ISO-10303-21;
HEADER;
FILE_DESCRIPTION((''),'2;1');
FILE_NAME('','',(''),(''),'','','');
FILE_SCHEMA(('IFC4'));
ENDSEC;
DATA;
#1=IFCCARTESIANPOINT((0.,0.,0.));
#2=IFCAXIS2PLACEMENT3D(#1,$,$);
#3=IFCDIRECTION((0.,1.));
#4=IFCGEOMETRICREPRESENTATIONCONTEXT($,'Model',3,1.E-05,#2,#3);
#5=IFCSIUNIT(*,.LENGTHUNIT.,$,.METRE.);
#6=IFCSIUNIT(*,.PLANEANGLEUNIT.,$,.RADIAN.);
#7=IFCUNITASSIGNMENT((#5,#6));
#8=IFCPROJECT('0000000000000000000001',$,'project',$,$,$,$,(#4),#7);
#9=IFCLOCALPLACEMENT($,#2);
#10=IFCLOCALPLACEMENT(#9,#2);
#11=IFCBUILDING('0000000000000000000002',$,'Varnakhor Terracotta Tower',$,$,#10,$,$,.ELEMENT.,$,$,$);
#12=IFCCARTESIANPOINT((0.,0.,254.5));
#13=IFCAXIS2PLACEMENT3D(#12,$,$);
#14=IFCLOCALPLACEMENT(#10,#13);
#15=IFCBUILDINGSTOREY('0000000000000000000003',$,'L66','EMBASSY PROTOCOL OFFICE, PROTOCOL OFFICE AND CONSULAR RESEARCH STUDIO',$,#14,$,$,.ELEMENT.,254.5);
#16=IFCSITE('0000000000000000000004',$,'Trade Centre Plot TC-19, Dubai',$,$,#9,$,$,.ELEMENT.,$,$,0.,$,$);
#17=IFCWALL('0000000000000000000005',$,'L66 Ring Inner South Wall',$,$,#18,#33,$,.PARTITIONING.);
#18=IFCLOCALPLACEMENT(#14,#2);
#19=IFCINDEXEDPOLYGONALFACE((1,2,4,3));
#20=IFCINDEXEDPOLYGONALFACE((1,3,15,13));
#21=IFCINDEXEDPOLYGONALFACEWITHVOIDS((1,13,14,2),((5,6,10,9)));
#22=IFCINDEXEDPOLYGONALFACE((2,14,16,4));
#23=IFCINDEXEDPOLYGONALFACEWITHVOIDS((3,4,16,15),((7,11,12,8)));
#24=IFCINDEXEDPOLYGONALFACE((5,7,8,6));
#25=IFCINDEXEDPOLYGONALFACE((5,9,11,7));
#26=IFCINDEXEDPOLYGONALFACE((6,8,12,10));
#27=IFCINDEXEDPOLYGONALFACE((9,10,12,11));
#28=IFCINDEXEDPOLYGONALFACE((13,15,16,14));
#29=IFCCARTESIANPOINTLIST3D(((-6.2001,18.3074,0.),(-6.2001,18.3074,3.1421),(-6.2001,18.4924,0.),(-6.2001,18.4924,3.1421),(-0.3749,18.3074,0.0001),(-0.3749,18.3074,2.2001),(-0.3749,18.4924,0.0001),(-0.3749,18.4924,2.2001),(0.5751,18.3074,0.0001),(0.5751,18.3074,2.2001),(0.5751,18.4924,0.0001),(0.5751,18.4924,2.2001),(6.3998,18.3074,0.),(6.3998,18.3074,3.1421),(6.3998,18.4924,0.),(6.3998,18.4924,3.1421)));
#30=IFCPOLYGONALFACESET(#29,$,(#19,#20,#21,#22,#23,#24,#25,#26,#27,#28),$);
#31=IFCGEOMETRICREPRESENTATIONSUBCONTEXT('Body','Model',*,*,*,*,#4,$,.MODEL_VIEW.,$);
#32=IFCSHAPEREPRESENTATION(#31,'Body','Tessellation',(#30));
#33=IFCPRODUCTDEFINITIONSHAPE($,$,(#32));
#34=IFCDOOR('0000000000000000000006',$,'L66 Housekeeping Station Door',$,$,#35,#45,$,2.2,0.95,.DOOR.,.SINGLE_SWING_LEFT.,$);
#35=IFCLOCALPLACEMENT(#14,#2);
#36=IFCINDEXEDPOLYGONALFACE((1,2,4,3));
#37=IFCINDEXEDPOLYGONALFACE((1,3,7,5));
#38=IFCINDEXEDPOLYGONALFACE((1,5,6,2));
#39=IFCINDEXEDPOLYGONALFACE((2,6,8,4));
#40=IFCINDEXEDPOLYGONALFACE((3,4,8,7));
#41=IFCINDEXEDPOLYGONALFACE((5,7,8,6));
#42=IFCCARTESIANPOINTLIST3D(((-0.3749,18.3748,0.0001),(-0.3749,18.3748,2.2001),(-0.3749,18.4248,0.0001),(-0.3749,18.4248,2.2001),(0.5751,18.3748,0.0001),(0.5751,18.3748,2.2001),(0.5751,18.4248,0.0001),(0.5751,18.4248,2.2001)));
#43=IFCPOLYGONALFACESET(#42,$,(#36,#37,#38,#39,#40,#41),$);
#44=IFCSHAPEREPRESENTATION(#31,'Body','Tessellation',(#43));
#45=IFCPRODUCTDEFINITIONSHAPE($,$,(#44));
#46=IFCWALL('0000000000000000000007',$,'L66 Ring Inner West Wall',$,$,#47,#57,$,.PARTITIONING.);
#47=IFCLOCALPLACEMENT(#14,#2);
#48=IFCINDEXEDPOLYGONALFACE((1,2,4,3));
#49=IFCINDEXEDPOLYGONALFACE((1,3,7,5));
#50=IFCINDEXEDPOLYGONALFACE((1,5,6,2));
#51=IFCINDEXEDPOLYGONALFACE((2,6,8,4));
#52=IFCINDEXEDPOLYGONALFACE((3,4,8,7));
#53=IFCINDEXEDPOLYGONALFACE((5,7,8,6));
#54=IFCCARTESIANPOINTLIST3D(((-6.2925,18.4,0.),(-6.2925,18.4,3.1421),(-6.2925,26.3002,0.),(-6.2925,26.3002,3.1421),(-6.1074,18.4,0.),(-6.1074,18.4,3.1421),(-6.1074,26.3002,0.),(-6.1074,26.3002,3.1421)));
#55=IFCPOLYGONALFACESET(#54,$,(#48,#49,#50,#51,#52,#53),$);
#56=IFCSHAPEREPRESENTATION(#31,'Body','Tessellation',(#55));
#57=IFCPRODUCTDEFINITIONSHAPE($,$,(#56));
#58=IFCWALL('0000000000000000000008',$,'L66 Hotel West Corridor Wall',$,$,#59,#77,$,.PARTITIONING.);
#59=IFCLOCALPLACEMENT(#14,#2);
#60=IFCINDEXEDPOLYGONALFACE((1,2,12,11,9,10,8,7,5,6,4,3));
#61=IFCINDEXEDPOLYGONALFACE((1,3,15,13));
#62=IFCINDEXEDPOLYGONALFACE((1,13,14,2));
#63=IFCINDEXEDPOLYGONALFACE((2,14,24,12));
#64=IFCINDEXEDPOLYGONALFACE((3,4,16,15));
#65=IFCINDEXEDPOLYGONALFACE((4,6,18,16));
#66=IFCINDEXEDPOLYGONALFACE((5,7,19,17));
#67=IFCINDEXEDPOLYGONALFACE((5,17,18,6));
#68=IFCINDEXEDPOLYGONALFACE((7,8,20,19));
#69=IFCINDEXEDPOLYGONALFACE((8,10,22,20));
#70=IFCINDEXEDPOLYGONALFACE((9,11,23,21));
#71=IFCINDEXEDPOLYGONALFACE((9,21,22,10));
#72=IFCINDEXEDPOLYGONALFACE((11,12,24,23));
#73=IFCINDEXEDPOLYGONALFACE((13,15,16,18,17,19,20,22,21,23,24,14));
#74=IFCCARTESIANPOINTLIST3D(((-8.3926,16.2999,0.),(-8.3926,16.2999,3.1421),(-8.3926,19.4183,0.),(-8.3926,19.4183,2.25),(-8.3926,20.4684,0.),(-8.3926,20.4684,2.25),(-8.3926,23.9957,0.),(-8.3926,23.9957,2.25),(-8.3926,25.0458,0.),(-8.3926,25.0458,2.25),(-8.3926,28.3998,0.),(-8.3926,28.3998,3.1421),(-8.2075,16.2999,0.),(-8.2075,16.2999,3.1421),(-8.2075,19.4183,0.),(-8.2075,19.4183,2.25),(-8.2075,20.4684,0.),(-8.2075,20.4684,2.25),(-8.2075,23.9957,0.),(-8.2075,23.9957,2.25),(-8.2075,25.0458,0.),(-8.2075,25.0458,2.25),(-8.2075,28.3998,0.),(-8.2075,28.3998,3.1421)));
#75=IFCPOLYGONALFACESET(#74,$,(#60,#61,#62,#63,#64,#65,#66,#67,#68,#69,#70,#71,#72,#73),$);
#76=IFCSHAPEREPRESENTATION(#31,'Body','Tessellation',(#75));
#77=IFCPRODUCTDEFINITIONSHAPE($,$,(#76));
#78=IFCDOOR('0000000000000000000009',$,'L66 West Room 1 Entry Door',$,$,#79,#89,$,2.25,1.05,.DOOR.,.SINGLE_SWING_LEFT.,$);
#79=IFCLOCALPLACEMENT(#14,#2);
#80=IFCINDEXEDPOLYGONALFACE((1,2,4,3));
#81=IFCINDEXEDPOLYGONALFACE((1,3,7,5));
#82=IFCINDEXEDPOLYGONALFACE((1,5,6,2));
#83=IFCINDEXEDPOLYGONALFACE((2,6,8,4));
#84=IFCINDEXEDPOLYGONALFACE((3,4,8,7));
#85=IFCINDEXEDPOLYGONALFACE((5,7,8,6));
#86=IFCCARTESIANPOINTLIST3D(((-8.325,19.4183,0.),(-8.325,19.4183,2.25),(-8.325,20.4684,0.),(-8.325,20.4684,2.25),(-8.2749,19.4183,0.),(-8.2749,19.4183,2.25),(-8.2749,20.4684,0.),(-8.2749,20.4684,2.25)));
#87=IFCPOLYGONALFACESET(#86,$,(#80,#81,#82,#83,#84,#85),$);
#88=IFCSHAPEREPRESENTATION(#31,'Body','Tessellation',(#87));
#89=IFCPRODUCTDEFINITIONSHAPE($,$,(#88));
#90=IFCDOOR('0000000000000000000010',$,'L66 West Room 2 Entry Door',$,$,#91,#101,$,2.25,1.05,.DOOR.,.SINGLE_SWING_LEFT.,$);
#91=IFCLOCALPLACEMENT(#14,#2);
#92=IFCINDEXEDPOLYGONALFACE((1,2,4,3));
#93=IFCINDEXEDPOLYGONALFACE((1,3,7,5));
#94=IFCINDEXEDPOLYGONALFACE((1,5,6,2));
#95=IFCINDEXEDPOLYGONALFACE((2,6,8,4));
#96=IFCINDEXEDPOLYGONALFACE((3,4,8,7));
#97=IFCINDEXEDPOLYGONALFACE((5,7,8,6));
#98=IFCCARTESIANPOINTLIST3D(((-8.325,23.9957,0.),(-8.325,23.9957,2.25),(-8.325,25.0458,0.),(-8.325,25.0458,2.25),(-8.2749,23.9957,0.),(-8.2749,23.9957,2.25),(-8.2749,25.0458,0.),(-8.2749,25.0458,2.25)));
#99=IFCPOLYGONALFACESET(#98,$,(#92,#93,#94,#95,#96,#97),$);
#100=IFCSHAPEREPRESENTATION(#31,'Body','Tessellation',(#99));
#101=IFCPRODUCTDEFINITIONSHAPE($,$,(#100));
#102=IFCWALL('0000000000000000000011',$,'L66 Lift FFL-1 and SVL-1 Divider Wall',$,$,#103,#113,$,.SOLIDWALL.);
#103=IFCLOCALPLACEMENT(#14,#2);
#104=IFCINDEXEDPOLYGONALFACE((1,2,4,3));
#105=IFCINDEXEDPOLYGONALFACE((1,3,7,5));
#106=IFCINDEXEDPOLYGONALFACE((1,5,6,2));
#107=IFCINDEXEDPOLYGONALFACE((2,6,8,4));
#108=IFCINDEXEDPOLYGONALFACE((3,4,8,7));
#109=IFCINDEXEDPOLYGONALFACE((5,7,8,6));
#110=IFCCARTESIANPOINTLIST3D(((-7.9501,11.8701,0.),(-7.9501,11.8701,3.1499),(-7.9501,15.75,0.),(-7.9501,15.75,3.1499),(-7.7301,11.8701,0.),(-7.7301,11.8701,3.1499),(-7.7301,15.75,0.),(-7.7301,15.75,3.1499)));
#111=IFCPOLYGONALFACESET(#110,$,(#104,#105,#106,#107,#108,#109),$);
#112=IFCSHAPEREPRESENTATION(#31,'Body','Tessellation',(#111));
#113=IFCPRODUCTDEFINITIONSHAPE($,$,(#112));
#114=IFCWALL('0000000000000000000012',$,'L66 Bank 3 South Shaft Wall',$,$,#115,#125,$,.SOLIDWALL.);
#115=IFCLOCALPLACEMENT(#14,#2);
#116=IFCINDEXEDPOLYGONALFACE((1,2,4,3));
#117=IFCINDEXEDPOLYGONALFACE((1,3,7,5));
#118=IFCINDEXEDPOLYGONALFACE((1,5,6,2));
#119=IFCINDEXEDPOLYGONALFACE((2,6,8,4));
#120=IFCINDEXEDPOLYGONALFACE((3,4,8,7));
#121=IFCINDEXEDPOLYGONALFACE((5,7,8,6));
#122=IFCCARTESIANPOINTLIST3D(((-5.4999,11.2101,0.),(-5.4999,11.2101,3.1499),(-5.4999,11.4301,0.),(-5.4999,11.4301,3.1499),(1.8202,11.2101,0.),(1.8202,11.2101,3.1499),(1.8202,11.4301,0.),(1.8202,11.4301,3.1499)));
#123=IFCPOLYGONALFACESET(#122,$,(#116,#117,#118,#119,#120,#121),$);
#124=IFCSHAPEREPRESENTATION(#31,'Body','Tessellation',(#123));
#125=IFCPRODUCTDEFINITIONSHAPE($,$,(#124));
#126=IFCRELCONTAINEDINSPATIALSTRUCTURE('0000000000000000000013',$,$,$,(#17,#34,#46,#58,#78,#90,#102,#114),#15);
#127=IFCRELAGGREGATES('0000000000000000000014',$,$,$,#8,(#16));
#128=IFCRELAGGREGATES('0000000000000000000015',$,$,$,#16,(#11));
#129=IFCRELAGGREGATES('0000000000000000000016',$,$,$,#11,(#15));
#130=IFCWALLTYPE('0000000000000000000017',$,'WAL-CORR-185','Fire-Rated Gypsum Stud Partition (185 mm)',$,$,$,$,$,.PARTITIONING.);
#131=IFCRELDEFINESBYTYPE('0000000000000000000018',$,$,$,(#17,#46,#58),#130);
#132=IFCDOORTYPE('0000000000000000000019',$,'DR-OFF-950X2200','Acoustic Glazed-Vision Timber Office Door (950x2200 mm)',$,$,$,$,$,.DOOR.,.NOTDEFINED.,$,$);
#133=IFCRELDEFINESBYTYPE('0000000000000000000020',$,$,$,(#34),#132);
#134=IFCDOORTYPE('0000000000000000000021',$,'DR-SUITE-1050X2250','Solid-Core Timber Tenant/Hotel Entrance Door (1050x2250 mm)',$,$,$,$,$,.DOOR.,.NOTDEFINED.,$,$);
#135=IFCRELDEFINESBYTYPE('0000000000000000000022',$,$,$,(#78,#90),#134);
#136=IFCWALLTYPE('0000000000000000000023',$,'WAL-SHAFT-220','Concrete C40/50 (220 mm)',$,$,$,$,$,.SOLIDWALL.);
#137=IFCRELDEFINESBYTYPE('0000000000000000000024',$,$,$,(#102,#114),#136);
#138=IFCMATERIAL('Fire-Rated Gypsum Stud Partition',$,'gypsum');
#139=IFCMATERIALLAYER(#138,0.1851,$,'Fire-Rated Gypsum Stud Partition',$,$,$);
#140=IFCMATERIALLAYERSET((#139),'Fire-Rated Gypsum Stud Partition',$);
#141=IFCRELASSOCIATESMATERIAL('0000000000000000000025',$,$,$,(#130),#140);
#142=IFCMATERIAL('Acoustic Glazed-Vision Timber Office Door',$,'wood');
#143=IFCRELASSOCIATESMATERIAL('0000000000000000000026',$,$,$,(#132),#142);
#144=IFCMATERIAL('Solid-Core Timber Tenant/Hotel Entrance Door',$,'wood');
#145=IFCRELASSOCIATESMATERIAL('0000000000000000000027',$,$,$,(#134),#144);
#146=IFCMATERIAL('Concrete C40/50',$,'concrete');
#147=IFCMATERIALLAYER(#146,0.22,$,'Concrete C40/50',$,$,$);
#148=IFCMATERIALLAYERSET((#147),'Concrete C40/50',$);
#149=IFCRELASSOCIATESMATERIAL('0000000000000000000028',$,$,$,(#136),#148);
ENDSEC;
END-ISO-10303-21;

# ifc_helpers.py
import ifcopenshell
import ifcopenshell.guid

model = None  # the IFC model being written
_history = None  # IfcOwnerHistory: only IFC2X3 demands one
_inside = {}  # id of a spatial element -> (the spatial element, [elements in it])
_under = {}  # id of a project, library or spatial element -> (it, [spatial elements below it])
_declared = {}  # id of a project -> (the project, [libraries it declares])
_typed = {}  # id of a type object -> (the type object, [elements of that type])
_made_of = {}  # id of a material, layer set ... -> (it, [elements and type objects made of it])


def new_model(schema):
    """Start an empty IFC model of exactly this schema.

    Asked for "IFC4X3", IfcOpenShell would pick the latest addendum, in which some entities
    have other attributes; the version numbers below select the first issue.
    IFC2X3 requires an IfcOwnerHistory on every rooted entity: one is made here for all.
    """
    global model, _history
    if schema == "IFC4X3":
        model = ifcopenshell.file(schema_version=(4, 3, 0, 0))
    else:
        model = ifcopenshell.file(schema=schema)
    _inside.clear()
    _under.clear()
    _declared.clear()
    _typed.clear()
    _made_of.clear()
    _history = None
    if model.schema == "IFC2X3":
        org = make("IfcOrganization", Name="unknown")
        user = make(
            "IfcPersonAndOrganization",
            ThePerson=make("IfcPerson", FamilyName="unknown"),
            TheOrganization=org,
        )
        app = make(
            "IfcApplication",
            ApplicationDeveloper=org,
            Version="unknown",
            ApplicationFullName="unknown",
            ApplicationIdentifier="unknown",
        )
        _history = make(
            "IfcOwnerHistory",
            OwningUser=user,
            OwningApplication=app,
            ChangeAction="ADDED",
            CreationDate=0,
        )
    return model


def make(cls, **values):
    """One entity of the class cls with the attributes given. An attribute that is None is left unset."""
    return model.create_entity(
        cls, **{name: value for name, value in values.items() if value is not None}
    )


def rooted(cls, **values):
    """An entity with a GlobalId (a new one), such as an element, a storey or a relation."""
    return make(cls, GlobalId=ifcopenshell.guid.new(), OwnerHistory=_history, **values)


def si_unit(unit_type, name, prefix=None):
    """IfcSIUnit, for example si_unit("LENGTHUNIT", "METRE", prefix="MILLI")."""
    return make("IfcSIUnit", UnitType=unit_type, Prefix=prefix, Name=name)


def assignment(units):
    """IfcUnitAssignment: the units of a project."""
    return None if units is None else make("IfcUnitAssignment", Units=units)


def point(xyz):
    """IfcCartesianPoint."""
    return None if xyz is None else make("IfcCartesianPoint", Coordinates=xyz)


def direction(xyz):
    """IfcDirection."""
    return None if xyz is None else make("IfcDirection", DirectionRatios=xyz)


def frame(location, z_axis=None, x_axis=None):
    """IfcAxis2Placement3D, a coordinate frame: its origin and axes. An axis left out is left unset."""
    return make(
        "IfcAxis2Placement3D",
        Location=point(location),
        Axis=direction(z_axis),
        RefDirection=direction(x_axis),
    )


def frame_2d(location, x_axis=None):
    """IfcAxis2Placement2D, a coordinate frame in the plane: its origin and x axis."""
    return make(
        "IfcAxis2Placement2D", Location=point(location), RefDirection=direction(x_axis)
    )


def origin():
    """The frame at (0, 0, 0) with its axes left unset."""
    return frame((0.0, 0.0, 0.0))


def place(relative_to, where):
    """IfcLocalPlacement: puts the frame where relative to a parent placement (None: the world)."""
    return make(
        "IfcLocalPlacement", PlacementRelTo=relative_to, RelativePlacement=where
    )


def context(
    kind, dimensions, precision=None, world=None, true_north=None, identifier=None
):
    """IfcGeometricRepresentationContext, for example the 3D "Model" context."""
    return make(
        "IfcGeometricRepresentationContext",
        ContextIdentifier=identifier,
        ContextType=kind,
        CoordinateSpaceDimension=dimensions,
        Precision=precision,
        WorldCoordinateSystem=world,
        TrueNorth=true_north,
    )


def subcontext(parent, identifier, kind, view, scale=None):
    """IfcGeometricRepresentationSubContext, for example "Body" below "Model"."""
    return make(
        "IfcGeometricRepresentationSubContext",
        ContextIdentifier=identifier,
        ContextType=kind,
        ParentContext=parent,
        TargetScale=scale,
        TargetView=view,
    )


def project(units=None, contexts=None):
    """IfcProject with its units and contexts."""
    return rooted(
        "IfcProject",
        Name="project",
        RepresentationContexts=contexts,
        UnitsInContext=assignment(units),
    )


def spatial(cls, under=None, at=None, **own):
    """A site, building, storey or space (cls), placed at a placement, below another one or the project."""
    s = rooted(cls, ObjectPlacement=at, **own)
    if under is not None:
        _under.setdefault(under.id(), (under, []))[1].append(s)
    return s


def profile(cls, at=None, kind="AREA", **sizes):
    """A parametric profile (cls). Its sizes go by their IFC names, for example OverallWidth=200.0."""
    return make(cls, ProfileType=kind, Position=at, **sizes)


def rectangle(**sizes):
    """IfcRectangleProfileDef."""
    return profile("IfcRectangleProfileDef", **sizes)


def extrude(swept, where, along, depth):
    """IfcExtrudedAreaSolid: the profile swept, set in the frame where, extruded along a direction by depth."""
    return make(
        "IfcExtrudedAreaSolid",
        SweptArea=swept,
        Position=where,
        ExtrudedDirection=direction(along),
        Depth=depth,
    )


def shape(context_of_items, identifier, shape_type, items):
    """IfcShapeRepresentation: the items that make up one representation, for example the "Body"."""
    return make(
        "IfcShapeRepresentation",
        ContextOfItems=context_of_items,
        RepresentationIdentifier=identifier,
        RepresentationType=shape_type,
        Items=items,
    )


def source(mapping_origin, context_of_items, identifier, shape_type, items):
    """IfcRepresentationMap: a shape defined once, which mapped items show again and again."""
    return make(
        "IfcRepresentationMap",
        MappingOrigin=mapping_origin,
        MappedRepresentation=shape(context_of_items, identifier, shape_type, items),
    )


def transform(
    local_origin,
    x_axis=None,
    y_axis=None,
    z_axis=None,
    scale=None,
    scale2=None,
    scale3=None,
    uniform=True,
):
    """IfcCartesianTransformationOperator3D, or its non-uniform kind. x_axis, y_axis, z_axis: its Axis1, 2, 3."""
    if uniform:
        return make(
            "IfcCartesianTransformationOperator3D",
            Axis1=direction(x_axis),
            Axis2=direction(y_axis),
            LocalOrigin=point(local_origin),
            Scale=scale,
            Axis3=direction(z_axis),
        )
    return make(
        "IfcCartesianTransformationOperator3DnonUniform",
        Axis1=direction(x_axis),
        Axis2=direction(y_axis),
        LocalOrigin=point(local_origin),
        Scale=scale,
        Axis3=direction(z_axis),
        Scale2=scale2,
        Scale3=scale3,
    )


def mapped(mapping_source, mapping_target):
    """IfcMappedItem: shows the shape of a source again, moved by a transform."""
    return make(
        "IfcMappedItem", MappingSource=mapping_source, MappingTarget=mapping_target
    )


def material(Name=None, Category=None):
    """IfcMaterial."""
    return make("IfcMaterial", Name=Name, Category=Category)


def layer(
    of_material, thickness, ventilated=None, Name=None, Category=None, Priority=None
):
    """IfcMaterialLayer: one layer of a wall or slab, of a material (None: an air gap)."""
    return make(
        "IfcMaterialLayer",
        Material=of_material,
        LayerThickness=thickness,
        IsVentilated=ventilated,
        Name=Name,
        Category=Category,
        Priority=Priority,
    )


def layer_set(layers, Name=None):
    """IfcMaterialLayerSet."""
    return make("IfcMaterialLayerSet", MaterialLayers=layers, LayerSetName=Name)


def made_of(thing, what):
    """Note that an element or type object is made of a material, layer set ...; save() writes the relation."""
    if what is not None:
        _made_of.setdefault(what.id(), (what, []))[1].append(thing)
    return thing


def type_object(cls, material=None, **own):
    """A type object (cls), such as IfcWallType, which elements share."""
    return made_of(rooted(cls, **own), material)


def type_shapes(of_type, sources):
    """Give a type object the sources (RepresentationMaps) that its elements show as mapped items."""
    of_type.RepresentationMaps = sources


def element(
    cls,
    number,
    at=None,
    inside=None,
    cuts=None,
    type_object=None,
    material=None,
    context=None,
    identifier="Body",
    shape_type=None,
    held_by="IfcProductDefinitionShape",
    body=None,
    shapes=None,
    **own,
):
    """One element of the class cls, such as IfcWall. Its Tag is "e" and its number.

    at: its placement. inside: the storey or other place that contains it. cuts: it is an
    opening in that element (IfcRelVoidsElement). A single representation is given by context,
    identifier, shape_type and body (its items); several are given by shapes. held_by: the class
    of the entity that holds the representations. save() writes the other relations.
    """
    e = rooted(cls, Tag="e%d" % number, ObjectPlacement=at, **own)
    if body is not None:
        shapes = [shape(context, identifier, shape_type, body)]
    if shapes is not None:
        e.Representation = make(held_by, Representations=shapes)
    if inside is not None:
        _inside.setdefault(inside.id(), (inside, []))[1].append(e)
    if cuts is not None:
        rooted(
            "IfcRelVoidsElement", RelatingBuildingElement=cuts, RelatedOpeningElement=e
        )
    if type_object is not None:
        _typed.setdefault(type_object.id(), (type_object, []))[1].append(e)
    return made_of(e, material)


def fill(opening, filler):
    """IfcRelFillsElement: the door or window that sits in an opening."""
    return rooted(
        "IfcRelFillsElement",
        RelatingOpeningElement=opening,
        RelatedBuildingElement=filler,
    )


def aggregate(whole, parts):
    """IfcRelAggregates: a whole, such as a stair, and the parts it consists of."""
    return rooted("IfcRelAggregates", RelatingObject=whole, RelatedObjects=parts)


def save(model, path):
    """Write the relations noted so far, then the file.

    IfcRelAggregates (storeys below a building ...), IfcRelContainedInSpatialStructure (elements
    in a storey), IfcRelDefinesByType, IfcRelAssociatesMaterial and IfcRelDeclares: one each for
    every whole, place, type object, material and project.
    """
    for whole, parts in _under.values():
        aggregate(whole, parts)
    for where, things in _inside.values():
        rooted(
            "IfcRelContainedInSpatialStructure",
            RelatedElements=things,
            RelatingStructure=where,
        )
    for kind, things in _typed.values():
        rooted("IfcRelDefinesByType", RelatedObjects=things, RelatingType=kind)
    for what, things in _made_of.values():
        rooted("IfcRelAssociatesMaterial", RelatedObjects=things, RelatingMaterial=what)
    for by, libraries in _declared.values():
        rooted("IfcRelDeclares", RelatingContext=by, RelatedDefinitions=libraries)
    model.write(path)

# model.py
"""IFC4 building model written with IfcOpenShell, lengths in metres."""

from ifc_helpers import new_model, si_unit, direction, frame, frame_2d, origin, place, context, subcontext, project, spatial, rectangle, extrude, source, transform, mapped, material, layer, layer_set, type_object, type_shapes, element, fill, save


model = new_model("IFC4")

# Units and contexts
model_context = context("Model", 3, precision=1e-05, world=origin(), true_north=direction((0.0, 1.0)))
body_context = subcontext(model_context, "Body", "Model", "MODEL_VIEW")
ifc_project = project(units=[si_unit("LENGTHUNIT", "METRE"), si_unit("PLANEANGLEUNIT", "RADIAN")], contexts=[model_context])

# Site, building, storey
site_placement = place(None, origin())
site = spatial("IfcSite", under=ifc_project, at=site_placement, Name="Trade Centre Plot TC-19, Dubai", CompositionType="ELEMENT", RefElevation=0.0)
building_placement = place(site_placement, origin())
building = spatial("IfcBuilding", under=site, at=building_placement, Name="Varnakhor Terracotta Tower", CompositionType="ELEMENT")
storey_placement = place(building_placement, frame((0.0, 0.0, 254.5)))
storey = spatial("IfcBuildingStorey", under=building, at=storey_placement, Name="L66", Description="EMBASSY PROTOCOL OFFICE, PROTOCOL OFFICE AND CONSULAR RESEARCH STUDIO", CompositionType="ELEMENT", Elevation=254.5)

# Wall, opening, door
ifc_material_1 = material(Name="Fire-Rated Gypsum Stud Partition", Category="gypsum")
ifc_layer_1 = layer(ifc_material_1, 0.1851, Name="Fire-Rated Gypsum Stud Partition")
ifc_layer_set_1 = layer_set([ifc_layer_1], Name="Fire-Rated Gypsum Stud Partition")
wall_type_1 = type_object("IfcWallType", Name="WAL-CORR-185", Description="Fire-Rated Gypsum Stud Partition (185 mm)", PredefinedType="PARTITIONING", material=ifc_layer_set_1)
wall_1_placement = place(storey_placement, frame((-6.2, 18.3999, 0.0), z_axis=(0.0, 0.0, 1.0), x_axis=(1.0, 0.0, 0.0)))
wall_1 = element("IfcWall", 1, at=wall_1_placement, inside=storey, type_object=wall_type_1, Name="L66 Ring Inner South Wall", PredefinedType="PARTITIONING", context=body_context, shape_type="SweptSolid", body=[
    extrude(rectangle(XDim=12.5999, YDim=0.1851, at=frame_2d((6.2998, 0.0))), origin(), (0.0, 0.0, 1.0), 3.1421),
])
opening_1_placement = place(wall_1_placement, frame((5.825, 0.0, 0.0)))
opening_1 = element("IfcOpeningElement", 2, at=opening_1_placement, cuts=wall_1, PredefinedType="OPENING", context=body_context, shape_type="SweptSolid", body=[
    extrude(rectangle(XDim=0.95, YDim=2.2, at=frame_2d((0.4751, 1.1001))), frame((0.0, 0.1025, 0.0), z_axis=(0.0, -1.0, 0.0), x_axis=(1.0, 0.0, 0.0)), (0.0, 0.0, 1.0), 0.2051),
])
ifc_material_2 = material(Name="Acoustic Glazed-Vision Timber Office Door", Category="wood")
door_type_1 = type_object("IfcDoorType", Name="DR-OFF-950X2200", Description="Acoustic Glazed-Vision Timber Office Door (950x2200 mm)", OperationType="NOTDEFINED", PredefinedType="DOOR", material=ifc_material_2)
shared_shape_1 = source(origin(), body_context, "Body", "SweptSolid", [
    extrude(rectangle(XDim=0.95, YDim=2.2, at=frame_2d((0.4751, 1.1001))), frame((0.0, 0.0249, 0.0), z_axis=(0.0, -1.0, 0.0), x_axis=(1.0, 0.0, 0.0)), (0.0, 0.0, 1.0), 0.05),
])
type_shapes(door_type_1, [shared_shape_1])
door_1_placement = place(opening_1_placement, origin())
door_1 = element("IfcDoor", 3, at=door_1_placement, inside=storey, type_object=door_type_1, Name="L66 Housekeeping Station Door", OperationType="SINGLE_SWING_LEFT", OverallHeight=2.2, OverallWidth=0.95, PredefinedType="DOOR", context=body_context, shape_type="MappedRepresentation", body=[
    mapped(shared_shape_1, transform((0.0, 0.0, 0.0), scale=1.0)),
])
fill(opening_1, door_1)

# Wall
wall_2_placement = place(storey_placement, frame((-6.2, 18.3999, 0.0), z_axis=(0.0, 0.0, 1.0), x_axis=(0.0, 1.0, 0.0)))
element("IfcWall", 4, at=wall_2_placement, inside=storey, type_object=wall_type_1, Name="L66 Ring Inner West Wall", PredefinedType="PARTITIONING", context=body_context, shape_type="SweptSolid", body=[
    extrude(rectangle(XDim=7.9001, YDim=0.1851, at=frame_2d((3.9502, 0.0))), origin(), (0.0, 0.0, 1.0), 3.1421),
])

# Wall, openings, doors
wall_3_placement = place(storey_placement, frame((-8.3, 16.3, 0.0), z_axis=(0.0, 0.0, 1.0), x_axis=(0.0, 1.0, 0.0)))
wall_3 = element("IfcWall", 5, at=wall_3_placement, inside=storey, type_object=wall_type_1, Name="L66 Hotel West Corridor Wall", PredefinedType="PARTITIONING", context=body_context, shape_type="SweptSolid", body=[
    extrude(rectangle(XDim=12.0999, YDim=0.1851, at=frame_2d((6.0498, 0.0))), origin(), (0.0, 0.0, 1.0), 3.1421),
])
opening_2_placement = place(wall_3_placement, frame((3.1184, 0.0, 0.0)))
opening_2 = element("IfcOpeningElement", 6, at=opening_2_placement, cuts=wall_3, PredefinedType="OPENING", context=body_context, shape_type="SweptSolid", body=[
    extrude(rectangle(XDim=1.05, YDim=2.25, at=frame_2d((0.5249, 1.125))), frame((0.0, 0.1025, 0.0), z_axis=(0.0, -1.0, 0.0), x_axis=(1.0, 0.0, 0.0)), (0.0, 0.0, 1.0), 0.2051),
])
opening_3_placement = place(wall_3_placement, frame((7.6958, 0.0, 0.0)))
opening_3 = element("IfcOpeningElement", 7, at=opening_3_placement, cuts=wall_3, PredefinedType="OPENING", context=body_context, shape_type="SweptSolid", body=[
    extrude(rectangle(XDim=1.05, YDim=2.25, at=frame_2d((0.5249, 1.125))), frame((0.0, 0.1025, 0.0), z_axis=(0.0, -1.0, 0.0), x_axis=(1.0, 0.0, 0.0)), (0.0, 0.0, 1.0), 0.2051),
])
ifc_material_3 = material(Name="Solid-Core Timber Tenant/Hotel Entrance Door", Category="wood")
door_type_2 = type_object("IfcDoorType", Name="DR-SUITE-1050X2250", Description="Solid-Core Timber Tenant/Hotel Entrance Door (1050x2250 mm)", OperationType="NOTDEFINED", PredefinedType="DOOR", material=ifc_material_3)
shared_shape_2 = source(origin(), body_context, "Body", "SweptSolid", [
    extrude(rectangle(XDim=1.05, YDim=2.25, at=frame_2d((0.5249, 1.125))), frame((0.0, 0.0249, 0.0), z_axis=(0.0, -1.0, 0.0), x_axis=(1.0, 0.0, 0.0)), (0.0, 0.0, 1.0), 0.05),
])
type_shapes(door_type_2, [shared_shape_2])
door_2_placement = place(opening_2_placement, origin())
door_2 = element("IfcDoor", 8, at=door_2_placement, inside=storey, type_object=door_type_2, Name="L66 West Room 1 Entry Door", OperationType="SINGLE_SWING_LEFT", OverallHeight=2.25, OverallWidth=1.05, PredefinedType="DOOR", context=body_context, shape_type="MappedRepresentation", body=[
    mapped(shared_shape_2, transform((0.0, 0.0, 0.0), scale=1.0)),
])
fill(opening_2, door_2)
door_3_placement = place(opening_3_placement, origin())
door_3 = element("IfcDoor", 9, at=door_3_placement, inside=storey, type_object=door_type_2, Name="L66 West Room 2 Entry Door", OperationType="SINGLE_SWING_LEFT", OverallHeight=2.25, OverallWidth=1.05, PredefinedType="DOOR", context=body_context, shape_type="MappedRepresentation", body=[
    mapped(shared_shape_2, transform((0.0, 0.0, 0.0), scale=1.0)),
])
fill(opening_3, door_3)

# Walls
ifc_material_4 = material(Name="Concrete C40/50", Category="concrete")
ifc_layer_2 = layer(ifc_material_4, 0.22, Name="Concrete C40/50")
ifc_layer_set_2 = layer_set([ifc_layer_2], Name="Concrete C40/50")
wall_type_2 = type_object("IfcWallType", Name="WAL-SHAFT-220", Description="Concrete C40/50 (220 mm)", PredefinedType="SOLIDWALL", material=ifc_layer_set_2)
wall_4_placement = place(storey_placement, frame((-7.8401, 11.8701, 0.0), z_axis=(0.0, 0.0, 1.0), x_axis=(0.0, 1.0, 0.0)))
element("IfcWall", 10, at=wall_4_placement, inside=storey, type_object=wall_type_2, Name="L66 Lift FFL-1 and SVL-1 Divider Wall", PredefinedType="SOLIDWALL", context=body_context, shape_type="SweptSolid", body=[
    extrude(rectangle(XDim=3.8799, YDim=0.22, at=frame_2d((1.9399, 0.0))), origin(), (0.0, 0.0, 1.0), 3.1499),
])
wall_5_placement = place(storey_placement, frame((-5.5, 11.3201, 0.0), z_axis=(0.0, 0.0, 1.0), x_axis=(1.0, 0.0, 0.0)))
element("IfcWall", 11, at=wall_5_placement, inside=storey, type_object=wall_type_2, Name="L66 Bank 3 South Shaft Wall", PredefinedType="SOLIDWALL", context=body_context, shape_type="SweptSolid", body=[
    extrude(rectangle(XDim=7.3201, YDim=0.22, at=frame_2d((3.6602, 0.0))), origin(), (0.0, 0.0, 1.0), 3.1499),
])

save(model, "model.ifc")
